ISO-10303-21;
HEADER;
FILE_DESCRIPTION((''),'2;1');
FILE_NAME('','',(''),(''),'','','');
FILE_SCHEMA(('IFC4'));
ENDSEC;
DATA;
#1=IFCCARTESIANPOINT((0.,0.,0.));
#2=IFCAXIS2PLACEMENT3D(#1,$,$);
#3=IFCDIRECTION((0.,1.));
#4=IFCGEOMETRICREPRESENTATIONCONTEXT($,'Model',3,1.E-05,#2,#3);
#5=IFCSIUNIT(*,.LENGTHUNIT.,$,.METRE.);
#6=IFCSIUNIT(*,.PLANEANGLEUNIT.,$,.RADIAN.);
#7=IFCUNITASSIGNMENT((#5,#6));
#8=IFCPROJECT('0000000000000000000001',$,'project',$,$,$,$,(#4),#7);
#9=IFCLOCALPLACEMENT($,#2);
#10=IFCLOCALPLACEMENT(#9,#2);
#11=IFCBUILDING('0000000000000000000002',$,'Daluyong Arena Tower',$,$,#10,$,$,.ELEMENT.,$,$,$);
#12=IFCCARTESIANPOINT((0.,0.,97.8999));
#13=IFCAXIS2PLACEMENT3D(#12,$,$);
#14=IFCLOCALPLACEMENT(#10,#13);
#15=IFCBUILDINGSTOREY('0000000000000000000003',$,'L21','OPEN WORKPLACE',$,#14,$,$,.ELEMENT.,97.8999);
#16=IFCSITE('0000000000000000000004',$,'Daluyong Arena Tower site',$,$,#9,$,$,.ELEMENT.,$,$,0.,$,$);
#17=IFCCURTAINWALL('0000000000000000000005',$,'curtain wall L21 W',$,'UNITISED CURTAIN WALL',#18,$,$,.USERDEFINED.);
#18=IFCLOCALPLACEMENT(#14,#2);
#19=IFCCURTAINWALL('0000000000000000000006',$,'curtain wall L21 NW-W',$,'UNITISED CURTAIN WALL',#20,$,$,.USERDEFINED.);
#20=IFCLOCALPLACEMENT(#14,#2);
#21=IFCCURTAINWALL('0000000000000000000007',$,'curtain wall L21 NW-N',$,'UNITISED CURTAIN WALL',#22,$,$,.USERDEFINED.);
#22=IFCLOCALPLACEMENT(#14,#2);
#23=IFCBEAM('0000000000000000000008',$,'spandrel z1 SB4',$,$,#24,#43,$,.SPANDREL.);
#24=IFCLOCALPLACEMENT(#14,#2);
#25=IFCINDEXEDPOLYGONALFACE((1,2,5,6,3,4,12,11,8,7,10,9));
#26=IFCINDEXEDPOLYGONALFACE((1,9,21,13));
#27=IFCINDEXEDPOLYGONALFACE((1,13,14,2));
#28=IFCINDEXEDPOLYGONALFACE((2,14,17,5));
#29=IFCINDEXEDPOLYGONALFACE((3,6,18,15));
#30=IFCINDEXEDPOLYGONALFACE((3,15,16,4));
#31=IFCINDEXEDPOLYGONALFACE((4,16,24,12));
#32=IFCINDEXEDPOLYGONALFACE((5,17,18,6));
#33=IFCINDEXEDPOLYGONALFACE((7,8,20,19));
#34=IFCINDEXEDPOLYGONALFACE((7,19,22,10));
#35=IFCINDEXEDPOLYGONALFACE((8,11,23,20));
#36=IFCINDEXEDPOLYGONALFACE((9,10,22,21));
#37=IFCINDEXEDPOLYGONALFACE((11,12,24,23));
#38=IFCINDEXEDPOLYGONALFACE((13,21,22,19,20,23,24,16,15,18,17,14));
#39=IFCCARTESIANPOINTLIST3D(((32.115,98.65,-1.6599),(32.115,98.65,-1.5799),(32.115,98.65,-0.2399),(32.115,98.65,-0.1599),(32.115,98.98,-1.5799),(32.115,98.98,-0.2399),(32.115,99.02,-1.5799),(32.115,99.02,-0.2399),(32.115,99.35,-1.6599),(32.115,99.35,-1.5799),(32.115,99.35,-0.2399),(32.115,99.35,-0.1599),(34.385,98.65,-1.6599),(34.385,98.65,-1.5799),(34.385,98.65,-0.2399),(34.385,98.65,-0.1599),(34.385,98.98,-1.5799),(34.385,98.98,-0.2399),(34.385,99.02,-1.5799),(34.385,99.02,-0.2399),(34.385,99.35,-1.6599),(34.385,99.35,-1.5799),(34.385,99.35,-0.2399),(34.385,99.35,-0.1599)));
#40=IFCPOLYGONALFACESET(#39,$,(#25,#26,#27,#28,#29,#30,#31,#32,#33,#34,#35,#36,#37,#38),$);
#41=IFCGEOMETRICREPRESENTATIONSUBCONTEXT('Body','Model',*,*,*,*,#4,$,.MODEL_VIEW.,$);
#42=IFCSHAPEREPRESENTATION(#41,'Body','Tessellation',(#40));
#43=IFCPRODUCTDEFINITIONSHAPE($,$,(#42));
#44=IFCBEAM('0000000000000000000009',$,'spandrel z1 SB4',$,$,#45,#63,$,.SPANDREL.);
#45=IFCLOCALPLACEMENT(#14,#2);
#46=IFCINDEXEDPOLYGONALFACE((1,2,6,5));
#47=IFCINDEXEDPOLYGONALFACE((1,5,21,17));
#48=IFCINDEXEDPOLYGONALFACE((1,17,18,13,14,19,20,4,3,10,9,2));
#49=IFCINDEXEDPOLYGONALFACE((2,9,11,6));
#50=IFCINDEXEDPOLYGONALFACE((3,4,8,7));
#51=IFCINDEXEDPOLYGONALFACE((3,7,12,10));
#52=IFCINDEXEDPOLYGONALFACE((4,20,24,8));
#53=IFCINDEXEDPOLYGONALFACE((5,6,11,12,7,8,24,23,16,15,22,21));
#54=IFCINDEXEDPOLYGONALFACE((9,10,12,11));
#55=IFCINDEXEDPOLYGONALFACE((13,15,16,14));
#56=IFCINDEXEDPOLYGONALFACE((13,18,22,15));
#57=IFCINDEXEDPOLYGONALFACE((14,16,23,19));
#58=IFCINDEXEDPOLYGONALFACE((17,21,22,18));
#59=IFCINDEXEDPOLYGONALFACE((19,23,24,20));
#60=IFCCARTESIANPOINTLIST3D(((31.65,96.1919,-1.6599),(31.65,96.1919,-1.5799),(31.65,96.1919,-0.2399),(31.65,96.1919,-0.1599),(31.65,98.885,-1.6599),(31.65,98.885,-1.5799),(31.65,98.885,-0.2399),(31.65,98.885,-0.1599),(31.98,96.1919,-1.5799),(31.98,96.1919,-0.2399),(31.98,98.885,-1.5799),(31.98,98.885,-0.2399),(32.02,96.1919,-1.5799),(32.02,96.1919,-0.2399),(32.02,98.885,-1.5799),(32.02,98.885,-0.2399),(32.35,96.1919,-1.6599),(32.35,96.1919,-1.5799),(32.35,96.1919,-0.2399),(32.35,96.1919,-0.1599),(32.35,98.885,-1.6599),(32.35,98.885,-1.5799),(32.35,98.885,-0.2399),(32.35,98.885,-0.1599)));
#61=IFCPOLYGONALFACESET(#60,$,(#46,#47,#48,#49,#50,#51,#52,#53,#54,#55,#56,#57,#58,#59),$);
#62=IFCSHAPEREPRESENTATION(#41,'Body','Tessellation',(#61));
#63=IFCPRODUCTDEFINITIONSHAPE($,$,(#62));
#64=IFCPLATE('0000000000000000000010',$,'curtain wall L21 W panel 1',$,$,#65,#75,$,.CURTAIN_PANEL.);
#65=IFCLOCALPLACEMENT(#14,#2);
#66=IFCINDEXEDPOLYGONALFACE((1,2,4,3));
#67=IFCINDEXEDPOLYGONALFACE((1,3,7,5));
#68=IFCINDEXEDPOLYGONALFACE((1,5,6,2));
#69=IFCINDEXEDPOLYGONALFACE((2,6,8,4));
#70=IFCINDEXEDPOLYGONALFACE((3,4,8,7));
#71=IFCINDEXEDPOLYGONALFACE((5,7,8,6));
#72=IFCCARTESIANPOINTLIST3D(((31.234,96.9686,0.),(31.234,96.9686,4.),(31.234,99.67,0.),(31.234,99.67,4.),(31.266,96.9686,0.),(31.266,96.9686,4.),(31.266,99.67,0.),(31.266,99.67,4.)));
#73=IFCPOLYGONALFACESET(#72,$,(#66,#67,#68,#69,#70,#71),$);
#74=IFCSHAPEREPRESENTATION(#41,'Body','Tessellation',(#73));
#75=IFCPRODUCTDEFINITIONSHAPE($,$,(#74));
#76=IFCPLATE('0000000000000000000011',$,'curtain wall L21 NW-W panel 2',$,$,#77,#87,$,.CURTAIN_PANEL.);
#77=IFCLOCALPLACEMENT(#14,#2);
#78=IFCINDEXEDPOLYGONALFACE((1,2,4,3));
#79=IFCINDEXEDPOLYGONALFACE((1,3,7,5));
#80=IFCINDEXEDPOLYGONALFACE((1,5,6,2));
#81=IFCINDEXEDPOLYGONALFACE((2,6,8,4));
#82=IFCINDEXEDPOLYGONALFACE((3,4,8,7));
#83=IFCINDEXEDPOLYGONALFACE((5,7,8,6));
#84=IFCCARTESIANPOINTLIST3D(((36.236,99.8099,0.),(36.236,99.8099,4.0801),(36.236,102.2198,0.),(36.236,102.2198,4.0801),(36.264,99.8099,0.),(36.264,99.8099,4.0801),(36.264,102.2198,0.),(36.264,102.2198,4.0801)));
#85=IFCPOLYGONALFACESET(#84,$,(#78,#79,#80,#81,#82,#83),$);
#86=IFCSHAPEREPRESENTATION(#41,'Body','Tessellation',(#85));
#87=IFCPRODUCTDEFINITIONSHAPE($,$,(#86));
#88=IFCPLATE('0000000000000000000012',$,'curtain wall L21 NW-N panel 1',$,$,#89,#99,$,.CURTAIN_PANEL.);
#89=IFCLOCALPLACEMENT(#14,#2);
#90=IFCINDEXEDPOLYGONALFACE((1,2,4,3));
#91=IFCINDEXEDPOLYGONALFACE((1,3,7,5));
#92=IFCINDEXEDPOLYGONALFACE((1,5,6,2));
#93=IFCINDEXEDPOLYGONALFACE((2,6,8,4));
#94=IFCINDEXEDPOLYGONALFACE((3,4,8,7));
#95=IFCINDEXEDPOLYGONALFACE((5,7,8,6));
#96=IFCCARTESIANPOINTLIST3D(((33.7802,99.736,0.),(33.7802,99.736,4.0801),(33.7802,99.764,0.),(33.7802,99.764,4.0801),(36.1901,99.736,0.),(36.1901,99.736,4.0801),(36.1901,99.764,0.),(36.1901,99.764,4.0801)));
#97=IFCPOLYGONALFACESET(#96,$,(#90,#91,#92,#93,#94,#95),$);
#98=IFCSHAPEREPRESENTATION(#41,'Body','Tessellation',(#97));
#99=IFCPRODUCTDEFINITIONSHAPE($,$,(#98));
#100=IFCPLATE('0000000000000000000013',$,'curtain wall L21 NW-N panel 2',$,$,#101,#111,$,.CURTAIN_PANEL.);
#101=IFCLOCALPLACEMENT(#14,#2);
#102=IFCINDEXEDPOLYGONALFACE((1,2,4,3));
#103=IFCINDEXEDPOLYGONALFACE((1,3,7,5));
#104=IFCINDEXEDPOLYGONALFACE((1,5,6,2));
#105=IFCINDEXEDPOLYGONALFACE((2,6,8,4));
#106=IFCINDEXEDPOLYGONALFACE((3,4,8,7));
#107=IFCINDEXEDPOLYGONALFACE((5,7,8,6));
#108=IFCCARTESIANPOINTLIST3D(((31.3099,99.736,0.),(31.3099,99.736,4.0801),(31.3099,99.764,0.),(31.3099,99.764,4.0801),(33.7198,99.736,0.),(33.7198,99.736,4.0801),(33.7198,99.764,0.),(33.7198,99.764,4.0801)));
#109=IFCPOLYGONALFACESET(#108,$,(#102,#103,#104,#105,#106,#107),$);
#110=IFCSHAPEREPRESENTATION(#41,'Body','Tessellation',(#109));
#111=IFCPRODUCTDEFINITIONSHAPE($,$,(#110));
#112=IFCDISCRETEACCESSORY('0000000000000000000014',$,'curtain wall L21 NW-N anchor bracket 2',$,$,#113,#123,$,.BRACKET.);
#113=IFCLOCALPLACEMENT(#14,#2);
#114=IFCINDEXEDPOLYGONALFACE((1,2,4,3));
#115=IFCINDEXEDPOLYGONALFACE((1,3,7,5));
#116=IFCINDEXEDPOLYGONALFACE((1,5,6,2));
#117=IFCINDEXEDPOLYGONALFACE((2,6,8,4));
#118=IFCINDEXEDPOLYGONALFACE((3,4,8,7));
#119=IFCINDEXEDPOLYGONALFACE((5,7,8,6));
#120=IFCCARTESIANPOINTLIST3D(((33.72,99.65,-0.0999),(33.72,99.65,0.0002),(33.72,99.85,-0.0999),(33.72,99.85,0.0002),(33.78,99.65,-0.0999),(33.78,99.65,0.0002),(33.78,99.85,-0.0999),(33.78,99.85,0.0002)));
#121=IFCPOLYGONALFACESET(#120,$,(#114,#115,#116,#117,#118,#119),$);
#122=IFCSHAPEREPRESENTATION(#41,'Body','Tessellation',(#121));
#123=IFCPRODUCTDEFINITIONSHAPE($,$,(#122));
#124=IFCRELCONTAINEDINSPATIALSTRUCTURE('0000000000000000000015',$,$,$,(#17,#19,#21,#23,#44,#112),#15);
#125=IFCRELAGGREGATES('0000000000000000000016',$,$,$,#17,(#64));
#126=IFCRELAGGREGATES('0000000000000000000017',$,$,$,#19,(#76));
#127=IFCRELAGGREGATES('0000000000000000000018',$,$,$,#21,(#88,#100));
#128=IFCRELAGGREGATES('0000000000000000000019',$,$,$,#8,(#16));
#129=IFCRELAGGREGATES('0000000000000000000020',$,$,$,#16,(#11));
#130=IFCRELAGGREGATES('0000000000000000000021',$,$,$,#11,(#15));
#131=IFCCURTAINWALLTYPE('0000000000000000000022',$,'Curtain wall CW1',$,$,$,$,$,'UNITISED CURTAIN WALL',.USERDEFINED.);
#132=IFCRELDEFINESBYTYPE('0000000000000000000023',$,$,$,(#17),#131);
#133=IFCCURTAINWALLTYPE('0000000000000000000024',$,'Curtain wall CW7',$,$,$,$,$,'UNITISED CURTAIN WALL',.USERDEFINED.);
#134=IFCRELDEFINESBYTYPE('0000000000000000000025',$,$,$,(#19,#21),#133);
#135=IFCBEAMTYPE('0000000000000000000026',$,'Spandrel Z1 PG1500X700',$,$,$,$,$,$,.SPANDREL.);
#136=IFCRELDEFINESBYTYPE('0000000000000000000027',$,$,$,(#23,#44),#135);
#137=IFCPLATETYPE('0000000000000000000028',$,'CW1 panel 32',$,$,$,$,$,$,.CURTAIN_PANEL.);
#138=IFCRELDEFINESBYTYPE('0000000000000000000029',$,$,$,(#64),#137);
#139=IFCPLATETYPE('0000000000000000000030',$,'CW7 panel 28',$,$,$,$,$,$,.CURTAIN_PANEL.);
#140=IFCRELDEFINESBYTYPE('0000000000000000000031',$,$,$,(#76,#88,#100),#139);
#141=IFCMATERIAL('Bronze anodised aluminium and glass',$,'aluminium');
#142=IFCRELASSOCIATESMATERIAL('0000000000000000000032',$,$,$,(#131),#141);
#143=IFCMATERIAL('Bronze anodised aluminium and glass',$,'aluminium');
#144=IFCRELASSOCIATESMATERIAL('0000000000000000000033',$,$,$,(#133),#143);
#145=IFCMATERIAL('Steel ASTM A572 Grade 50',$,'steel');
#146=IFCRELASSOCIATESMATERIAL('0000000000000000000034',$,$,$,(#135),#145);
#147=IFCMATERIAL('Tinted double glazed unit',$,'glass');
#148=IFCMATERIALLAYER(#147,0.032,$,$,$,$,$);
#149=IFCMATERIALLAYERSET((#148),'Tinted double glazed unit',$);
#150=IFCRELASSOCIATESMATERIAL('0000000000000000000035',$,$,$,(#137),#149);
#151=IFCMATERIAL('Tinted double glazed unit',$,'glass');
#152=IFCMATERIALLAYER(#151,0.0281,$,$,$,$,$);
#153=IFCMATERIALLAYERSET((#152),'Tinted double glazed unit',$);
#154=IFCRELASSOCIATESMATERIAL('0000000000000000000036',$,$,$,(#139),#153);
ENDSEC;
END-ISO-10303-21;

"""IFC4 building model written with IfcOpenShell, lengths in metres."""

from ifc_helpers import new_model, si_unit, direction, frame, origin, origin_2d, place, context, subcontext, project, spatial, rectangle, i_section, extrude, material, layer, layer_set, material_profile, profile_set, type_object, element, aggregate, save


model = new_model("IFC4")

# Units and contexts
model_context = context("Model", 3, precision=1e-05, world=origin(), true_north=direction((0.0, 1.0)))
body_context = subcontext(model_context, "Body", "Model", "MODEL_VIEW")
ifc_project = project(units=[si_unit("LENGTHUNIT", "METRE"), si_unit("PLANEANGLEUNIT", "RADIAN")], contexts=[model_context])

# Site, building, storey
site_placement = place(None, origin())
site = spatial("IfcSite", under=ifc_project, at=site_placement, Name="Daluyong Arena Tower site", CompositionType="ELEMENT", RefElevation=0.0)
building_placement = place(site_placement, origin())
building = spatial("IfcBuilding", under=site, at=building_placement, Name="Daluyong Arena Tower", CompositionType="ELEMENT")
storey_placement = place(building_placement, frame((0.0, 0.0, 97.8999)))
storey = spatial("IfcBuildingStorey", under=building, at=storey_placement, Name="L21", Description="OPEN WORKPLACE", CompositionType="ELEMENT", Elevation=97.8999)

# Curtain walls
ifc_material_1 = material(Name="Bronze anodised aluminium and glass", Category="aluminium")
curtain_wall_type_1 = type_object("IfcCurtainWallType", Name="Curtain wall CW1", ElementType="UNITISED CURTAIN WALL", PredefinedType="USERDEFINED", material=ifc_material_1)
curtain_wall_1_placement = place(storey_placement, origin())
curtain_wall_1 = element("IfcCurtainWall", 1, at=curtain_wall_1_placement, inside=storey, type_object=curtain_wall_type_1, Name="curtain wall L21 W", ObjectType="UNITISED CURTAIN WALL", PredefinedType="USERDEFINED")
ifc_material_2 = material(Name="Bronze anodised aluminium and glass", Category="aluminium")
curtain_wall_type_2 = type_object("IfcCurtainWallType", Name="Curtain wall CW7", ElementType="UNITISED CURTAIN WALL", PredefinedType="USERDEFINED", material=ifc_material_2)
curtain_wall_2_placement = place(storey_placement, origin())
curtain_wall_2 = element("IfcCurtainWall", 2, at=curtain_wall_2_placement, inside=storey, type_object=curtain_wall_type_2, Name="curtain wall L21 NW-W", ObjectType="UNITISED CURTAIN WALL", PredefinedType="USERDEFINED")
curtain_wall_3_placement = place(storey_placement, origin())
curtain_wall_3 = element("IfcCurtainWall", 3, at=curtain_wall_3_placement, inside=storey, type_object=curtain_wall_type_2, Name="curtain wall L21 NW-N", ObjectType="UNITISED CURTAIN WALL", PredefinedType="USERDEFINED")

# Beams
ifc_material_3 = material(Name="Steel ASTM A572 Grade 50", Category="steel")
ifc_material_profile_1 = material_profile(ifc_material_3, i_section(OverallWidth=0.7, OverallDepth=1.5, WebThickness=0.04, FlangeThickness=0.08, at=origin_2d()))
ifc_profile_set_1 = profile_set([ifc_material_profile_1], Name="Steel ASTM A572 Grade 50")
beam_type = type_object("IfcBeamType", Name="Spandrel Z1 PG1500X700", PredefinedType="SPANDREL", material=ifc_profile_set_1)
beam_1_placement = place(storey_placement, frame((34.385, 99.0, -0.9099), z_axis=(-1.0, 0.0, 0.0), x_axis=(0.0, -1.0, 0.0)))
element("IfcBeam", 4, at=beam_1_placement, inside=storey, type_object=beam_type, Name="spandrel z1 SB4", PredefinedType="SPANDREL", context=body_context, shape_type="SweptSolid", body=[
    extrude(i_section(OverallWidth=0.7, OverallDepth=1.5, WebThickness=0.04, FlangeThickness=0.08, at=origin_2d()), origin(), (0.0, 0.0, 1.0), 2.27),
])
beam_2_placement = place(storey_placement, frame((32.0, 98.885, -0.9099), z_axis=(0.0, -1.0, 0.0), x_axis=(1.0, 0.0, 0.0)))
element("IfcBeam", 5, at=beam_2_placement, inside=storey, type_object=beam_type, Name="spandrel z1 SB4", PredefinedType="SPANDREL", context=body_context, shape_type="SweptSolid", body=[
    extrude(i_section(OverallWidth=0.7, OverallDepth=1.5, WebThickness=0.04, FlangeThickness=0.08, at=origin_2d()), origin(), (0.0, 0.0, 1.0), 2.6931),
])

# Plates
ifc_material_4 = material(Name="Tinted double glazed unit", Category="glass")
ifc_layer_1 = layer(ifc_material_4, 0.032)
ifc_layer_set_1 = layer_set([ifc_layer_1], Name="Tinted double glazed unit")
plate_type_1 = type_object("IfcPlateType", Name="CW1 panel 32", PredefinedType="CURTAIN_PANEL", material=ifc_layer_set_1)
plate_1_placement = place(storey_placement, frame((31.25, 98.3193, 0.0), z_axis=(0.0, 0.0, 1.0), x_axis=(0.0, -1.0, 0.0)))
plate_1 = element("IfcPlate", 6, at=plate_1_placement, type_object=plate_type_1, Name="curtain wall L21 W panel 1", PredefinedType="CURTAIN_PANEL", context=body_context, shape_type="SweptSolid", body=[
    extrude(rectangle(XDim=2.7014, YDim=0.032, at=origin_2d()), origin(), (0.0, 0.0, 1.0), 4.0),
])
aggregate(curtain_wall_1, [plate_1])
ifc_material_5 = material(Name="Tinted double glazed unit", Category="glass")
ifc_layer_2 = layer(ifc_material_5, 0.0281)
ifc_layer_set_2 = layer_set([ifc_layer_2], Name="Tinted double glazed unit")
plate_type_2 = type_object("IfcPlateType", Name="CW7 panel 28", PredefinedType="CURTAIN_PANEL", material=ifc_layer_set_2)
plate_2_placement = place(storey_placement, frame((36.25, 101.0149, 0.0), z_axis=(0.0, 0.0, 1.0), x_axis=(0.0, -1.0, 0.0)))
plate_2 = element("IfcPlate", 7, at=plate_2_placement, type_object=plate_type_2, Name="curtain wall L21 NW-W panel 2", PredefinedType="CURTAIN_PANEL", context=body_context, shape_type="SweptSolid", body=[
    extrude(rectangle(XDim=2.4099, YDim=0.0281, at=origin_2d()), origin(), (0.0, 0.0, 1.0), 4.0801),
])
aggregate(curtain_wall_2, [plate_2])
plate_3_placement = place(storey_placement, frame((34.9851, 99.75, 0.0), z_axis=(0.0, 0.0, 1.0), x_axis=(-1.0, 0.0, 0.0)))
plate_3 = element("IfcPlate", 8, at=plate_3_placement, type_object=plate_type_2, Name="curtain wall L21 NW-N panel 1", PredefinedType="CURTAIN_PANEL", context=body_context, shape_type="SweptSolid", body=[
    extrude(rectangle(XDim=2.4099, YDim=0.0281, at=origin_2d()), origin(), (0.0, 0.0, 1.0), 4.0801),
])
plate_4_placement = place(storey_placement, frame((32.5149, 99.75, 0.0), z_axis=(0.0, 0.0, 1.0), x_axis=(-1.0, 0.0, 0.0)))
plate_4 = element("IfcPlate", 9, at=plate_4_placement, type_object=plate_type_2, Name="curtain wall L21 NW-N panel 2", PredefinedType="CURTAIN_PANEL", context=body_context, shape_type="SweptSolid", body=[
    extrude(rectangle(XDim=2.4099, YDim=0.0281, at=origin_2d()), origin(), (0.0, 0.0, 1.0), 4.0801),
])
aggregate(curtain_wall_3, [plate_3, plate_4])

# Discrete accessory
discrete_accessory_placement = place(storey_placement, frame((33.75, 99.75, -0.0999), z_axis=(0.0, 0.0, 1.0), x_axis=(-1.0, 0.0, 0.0)))
element("IfcDiscreteAccessory", 10, at=discrete_accessory_placement, inside=storey, Name="curtain wall L21 NW-N anchor bracket 2", PredefinedType="BRACKET", context=body_context, shape_type="SweptSolid", body=[
    extrude(rectangle(XDim=0.0601, YDim=0.2, at=origin_2d()), origin(), (0.0, 0.0, 1.0), 0.1001),
])

save(model, "model.ifc")
